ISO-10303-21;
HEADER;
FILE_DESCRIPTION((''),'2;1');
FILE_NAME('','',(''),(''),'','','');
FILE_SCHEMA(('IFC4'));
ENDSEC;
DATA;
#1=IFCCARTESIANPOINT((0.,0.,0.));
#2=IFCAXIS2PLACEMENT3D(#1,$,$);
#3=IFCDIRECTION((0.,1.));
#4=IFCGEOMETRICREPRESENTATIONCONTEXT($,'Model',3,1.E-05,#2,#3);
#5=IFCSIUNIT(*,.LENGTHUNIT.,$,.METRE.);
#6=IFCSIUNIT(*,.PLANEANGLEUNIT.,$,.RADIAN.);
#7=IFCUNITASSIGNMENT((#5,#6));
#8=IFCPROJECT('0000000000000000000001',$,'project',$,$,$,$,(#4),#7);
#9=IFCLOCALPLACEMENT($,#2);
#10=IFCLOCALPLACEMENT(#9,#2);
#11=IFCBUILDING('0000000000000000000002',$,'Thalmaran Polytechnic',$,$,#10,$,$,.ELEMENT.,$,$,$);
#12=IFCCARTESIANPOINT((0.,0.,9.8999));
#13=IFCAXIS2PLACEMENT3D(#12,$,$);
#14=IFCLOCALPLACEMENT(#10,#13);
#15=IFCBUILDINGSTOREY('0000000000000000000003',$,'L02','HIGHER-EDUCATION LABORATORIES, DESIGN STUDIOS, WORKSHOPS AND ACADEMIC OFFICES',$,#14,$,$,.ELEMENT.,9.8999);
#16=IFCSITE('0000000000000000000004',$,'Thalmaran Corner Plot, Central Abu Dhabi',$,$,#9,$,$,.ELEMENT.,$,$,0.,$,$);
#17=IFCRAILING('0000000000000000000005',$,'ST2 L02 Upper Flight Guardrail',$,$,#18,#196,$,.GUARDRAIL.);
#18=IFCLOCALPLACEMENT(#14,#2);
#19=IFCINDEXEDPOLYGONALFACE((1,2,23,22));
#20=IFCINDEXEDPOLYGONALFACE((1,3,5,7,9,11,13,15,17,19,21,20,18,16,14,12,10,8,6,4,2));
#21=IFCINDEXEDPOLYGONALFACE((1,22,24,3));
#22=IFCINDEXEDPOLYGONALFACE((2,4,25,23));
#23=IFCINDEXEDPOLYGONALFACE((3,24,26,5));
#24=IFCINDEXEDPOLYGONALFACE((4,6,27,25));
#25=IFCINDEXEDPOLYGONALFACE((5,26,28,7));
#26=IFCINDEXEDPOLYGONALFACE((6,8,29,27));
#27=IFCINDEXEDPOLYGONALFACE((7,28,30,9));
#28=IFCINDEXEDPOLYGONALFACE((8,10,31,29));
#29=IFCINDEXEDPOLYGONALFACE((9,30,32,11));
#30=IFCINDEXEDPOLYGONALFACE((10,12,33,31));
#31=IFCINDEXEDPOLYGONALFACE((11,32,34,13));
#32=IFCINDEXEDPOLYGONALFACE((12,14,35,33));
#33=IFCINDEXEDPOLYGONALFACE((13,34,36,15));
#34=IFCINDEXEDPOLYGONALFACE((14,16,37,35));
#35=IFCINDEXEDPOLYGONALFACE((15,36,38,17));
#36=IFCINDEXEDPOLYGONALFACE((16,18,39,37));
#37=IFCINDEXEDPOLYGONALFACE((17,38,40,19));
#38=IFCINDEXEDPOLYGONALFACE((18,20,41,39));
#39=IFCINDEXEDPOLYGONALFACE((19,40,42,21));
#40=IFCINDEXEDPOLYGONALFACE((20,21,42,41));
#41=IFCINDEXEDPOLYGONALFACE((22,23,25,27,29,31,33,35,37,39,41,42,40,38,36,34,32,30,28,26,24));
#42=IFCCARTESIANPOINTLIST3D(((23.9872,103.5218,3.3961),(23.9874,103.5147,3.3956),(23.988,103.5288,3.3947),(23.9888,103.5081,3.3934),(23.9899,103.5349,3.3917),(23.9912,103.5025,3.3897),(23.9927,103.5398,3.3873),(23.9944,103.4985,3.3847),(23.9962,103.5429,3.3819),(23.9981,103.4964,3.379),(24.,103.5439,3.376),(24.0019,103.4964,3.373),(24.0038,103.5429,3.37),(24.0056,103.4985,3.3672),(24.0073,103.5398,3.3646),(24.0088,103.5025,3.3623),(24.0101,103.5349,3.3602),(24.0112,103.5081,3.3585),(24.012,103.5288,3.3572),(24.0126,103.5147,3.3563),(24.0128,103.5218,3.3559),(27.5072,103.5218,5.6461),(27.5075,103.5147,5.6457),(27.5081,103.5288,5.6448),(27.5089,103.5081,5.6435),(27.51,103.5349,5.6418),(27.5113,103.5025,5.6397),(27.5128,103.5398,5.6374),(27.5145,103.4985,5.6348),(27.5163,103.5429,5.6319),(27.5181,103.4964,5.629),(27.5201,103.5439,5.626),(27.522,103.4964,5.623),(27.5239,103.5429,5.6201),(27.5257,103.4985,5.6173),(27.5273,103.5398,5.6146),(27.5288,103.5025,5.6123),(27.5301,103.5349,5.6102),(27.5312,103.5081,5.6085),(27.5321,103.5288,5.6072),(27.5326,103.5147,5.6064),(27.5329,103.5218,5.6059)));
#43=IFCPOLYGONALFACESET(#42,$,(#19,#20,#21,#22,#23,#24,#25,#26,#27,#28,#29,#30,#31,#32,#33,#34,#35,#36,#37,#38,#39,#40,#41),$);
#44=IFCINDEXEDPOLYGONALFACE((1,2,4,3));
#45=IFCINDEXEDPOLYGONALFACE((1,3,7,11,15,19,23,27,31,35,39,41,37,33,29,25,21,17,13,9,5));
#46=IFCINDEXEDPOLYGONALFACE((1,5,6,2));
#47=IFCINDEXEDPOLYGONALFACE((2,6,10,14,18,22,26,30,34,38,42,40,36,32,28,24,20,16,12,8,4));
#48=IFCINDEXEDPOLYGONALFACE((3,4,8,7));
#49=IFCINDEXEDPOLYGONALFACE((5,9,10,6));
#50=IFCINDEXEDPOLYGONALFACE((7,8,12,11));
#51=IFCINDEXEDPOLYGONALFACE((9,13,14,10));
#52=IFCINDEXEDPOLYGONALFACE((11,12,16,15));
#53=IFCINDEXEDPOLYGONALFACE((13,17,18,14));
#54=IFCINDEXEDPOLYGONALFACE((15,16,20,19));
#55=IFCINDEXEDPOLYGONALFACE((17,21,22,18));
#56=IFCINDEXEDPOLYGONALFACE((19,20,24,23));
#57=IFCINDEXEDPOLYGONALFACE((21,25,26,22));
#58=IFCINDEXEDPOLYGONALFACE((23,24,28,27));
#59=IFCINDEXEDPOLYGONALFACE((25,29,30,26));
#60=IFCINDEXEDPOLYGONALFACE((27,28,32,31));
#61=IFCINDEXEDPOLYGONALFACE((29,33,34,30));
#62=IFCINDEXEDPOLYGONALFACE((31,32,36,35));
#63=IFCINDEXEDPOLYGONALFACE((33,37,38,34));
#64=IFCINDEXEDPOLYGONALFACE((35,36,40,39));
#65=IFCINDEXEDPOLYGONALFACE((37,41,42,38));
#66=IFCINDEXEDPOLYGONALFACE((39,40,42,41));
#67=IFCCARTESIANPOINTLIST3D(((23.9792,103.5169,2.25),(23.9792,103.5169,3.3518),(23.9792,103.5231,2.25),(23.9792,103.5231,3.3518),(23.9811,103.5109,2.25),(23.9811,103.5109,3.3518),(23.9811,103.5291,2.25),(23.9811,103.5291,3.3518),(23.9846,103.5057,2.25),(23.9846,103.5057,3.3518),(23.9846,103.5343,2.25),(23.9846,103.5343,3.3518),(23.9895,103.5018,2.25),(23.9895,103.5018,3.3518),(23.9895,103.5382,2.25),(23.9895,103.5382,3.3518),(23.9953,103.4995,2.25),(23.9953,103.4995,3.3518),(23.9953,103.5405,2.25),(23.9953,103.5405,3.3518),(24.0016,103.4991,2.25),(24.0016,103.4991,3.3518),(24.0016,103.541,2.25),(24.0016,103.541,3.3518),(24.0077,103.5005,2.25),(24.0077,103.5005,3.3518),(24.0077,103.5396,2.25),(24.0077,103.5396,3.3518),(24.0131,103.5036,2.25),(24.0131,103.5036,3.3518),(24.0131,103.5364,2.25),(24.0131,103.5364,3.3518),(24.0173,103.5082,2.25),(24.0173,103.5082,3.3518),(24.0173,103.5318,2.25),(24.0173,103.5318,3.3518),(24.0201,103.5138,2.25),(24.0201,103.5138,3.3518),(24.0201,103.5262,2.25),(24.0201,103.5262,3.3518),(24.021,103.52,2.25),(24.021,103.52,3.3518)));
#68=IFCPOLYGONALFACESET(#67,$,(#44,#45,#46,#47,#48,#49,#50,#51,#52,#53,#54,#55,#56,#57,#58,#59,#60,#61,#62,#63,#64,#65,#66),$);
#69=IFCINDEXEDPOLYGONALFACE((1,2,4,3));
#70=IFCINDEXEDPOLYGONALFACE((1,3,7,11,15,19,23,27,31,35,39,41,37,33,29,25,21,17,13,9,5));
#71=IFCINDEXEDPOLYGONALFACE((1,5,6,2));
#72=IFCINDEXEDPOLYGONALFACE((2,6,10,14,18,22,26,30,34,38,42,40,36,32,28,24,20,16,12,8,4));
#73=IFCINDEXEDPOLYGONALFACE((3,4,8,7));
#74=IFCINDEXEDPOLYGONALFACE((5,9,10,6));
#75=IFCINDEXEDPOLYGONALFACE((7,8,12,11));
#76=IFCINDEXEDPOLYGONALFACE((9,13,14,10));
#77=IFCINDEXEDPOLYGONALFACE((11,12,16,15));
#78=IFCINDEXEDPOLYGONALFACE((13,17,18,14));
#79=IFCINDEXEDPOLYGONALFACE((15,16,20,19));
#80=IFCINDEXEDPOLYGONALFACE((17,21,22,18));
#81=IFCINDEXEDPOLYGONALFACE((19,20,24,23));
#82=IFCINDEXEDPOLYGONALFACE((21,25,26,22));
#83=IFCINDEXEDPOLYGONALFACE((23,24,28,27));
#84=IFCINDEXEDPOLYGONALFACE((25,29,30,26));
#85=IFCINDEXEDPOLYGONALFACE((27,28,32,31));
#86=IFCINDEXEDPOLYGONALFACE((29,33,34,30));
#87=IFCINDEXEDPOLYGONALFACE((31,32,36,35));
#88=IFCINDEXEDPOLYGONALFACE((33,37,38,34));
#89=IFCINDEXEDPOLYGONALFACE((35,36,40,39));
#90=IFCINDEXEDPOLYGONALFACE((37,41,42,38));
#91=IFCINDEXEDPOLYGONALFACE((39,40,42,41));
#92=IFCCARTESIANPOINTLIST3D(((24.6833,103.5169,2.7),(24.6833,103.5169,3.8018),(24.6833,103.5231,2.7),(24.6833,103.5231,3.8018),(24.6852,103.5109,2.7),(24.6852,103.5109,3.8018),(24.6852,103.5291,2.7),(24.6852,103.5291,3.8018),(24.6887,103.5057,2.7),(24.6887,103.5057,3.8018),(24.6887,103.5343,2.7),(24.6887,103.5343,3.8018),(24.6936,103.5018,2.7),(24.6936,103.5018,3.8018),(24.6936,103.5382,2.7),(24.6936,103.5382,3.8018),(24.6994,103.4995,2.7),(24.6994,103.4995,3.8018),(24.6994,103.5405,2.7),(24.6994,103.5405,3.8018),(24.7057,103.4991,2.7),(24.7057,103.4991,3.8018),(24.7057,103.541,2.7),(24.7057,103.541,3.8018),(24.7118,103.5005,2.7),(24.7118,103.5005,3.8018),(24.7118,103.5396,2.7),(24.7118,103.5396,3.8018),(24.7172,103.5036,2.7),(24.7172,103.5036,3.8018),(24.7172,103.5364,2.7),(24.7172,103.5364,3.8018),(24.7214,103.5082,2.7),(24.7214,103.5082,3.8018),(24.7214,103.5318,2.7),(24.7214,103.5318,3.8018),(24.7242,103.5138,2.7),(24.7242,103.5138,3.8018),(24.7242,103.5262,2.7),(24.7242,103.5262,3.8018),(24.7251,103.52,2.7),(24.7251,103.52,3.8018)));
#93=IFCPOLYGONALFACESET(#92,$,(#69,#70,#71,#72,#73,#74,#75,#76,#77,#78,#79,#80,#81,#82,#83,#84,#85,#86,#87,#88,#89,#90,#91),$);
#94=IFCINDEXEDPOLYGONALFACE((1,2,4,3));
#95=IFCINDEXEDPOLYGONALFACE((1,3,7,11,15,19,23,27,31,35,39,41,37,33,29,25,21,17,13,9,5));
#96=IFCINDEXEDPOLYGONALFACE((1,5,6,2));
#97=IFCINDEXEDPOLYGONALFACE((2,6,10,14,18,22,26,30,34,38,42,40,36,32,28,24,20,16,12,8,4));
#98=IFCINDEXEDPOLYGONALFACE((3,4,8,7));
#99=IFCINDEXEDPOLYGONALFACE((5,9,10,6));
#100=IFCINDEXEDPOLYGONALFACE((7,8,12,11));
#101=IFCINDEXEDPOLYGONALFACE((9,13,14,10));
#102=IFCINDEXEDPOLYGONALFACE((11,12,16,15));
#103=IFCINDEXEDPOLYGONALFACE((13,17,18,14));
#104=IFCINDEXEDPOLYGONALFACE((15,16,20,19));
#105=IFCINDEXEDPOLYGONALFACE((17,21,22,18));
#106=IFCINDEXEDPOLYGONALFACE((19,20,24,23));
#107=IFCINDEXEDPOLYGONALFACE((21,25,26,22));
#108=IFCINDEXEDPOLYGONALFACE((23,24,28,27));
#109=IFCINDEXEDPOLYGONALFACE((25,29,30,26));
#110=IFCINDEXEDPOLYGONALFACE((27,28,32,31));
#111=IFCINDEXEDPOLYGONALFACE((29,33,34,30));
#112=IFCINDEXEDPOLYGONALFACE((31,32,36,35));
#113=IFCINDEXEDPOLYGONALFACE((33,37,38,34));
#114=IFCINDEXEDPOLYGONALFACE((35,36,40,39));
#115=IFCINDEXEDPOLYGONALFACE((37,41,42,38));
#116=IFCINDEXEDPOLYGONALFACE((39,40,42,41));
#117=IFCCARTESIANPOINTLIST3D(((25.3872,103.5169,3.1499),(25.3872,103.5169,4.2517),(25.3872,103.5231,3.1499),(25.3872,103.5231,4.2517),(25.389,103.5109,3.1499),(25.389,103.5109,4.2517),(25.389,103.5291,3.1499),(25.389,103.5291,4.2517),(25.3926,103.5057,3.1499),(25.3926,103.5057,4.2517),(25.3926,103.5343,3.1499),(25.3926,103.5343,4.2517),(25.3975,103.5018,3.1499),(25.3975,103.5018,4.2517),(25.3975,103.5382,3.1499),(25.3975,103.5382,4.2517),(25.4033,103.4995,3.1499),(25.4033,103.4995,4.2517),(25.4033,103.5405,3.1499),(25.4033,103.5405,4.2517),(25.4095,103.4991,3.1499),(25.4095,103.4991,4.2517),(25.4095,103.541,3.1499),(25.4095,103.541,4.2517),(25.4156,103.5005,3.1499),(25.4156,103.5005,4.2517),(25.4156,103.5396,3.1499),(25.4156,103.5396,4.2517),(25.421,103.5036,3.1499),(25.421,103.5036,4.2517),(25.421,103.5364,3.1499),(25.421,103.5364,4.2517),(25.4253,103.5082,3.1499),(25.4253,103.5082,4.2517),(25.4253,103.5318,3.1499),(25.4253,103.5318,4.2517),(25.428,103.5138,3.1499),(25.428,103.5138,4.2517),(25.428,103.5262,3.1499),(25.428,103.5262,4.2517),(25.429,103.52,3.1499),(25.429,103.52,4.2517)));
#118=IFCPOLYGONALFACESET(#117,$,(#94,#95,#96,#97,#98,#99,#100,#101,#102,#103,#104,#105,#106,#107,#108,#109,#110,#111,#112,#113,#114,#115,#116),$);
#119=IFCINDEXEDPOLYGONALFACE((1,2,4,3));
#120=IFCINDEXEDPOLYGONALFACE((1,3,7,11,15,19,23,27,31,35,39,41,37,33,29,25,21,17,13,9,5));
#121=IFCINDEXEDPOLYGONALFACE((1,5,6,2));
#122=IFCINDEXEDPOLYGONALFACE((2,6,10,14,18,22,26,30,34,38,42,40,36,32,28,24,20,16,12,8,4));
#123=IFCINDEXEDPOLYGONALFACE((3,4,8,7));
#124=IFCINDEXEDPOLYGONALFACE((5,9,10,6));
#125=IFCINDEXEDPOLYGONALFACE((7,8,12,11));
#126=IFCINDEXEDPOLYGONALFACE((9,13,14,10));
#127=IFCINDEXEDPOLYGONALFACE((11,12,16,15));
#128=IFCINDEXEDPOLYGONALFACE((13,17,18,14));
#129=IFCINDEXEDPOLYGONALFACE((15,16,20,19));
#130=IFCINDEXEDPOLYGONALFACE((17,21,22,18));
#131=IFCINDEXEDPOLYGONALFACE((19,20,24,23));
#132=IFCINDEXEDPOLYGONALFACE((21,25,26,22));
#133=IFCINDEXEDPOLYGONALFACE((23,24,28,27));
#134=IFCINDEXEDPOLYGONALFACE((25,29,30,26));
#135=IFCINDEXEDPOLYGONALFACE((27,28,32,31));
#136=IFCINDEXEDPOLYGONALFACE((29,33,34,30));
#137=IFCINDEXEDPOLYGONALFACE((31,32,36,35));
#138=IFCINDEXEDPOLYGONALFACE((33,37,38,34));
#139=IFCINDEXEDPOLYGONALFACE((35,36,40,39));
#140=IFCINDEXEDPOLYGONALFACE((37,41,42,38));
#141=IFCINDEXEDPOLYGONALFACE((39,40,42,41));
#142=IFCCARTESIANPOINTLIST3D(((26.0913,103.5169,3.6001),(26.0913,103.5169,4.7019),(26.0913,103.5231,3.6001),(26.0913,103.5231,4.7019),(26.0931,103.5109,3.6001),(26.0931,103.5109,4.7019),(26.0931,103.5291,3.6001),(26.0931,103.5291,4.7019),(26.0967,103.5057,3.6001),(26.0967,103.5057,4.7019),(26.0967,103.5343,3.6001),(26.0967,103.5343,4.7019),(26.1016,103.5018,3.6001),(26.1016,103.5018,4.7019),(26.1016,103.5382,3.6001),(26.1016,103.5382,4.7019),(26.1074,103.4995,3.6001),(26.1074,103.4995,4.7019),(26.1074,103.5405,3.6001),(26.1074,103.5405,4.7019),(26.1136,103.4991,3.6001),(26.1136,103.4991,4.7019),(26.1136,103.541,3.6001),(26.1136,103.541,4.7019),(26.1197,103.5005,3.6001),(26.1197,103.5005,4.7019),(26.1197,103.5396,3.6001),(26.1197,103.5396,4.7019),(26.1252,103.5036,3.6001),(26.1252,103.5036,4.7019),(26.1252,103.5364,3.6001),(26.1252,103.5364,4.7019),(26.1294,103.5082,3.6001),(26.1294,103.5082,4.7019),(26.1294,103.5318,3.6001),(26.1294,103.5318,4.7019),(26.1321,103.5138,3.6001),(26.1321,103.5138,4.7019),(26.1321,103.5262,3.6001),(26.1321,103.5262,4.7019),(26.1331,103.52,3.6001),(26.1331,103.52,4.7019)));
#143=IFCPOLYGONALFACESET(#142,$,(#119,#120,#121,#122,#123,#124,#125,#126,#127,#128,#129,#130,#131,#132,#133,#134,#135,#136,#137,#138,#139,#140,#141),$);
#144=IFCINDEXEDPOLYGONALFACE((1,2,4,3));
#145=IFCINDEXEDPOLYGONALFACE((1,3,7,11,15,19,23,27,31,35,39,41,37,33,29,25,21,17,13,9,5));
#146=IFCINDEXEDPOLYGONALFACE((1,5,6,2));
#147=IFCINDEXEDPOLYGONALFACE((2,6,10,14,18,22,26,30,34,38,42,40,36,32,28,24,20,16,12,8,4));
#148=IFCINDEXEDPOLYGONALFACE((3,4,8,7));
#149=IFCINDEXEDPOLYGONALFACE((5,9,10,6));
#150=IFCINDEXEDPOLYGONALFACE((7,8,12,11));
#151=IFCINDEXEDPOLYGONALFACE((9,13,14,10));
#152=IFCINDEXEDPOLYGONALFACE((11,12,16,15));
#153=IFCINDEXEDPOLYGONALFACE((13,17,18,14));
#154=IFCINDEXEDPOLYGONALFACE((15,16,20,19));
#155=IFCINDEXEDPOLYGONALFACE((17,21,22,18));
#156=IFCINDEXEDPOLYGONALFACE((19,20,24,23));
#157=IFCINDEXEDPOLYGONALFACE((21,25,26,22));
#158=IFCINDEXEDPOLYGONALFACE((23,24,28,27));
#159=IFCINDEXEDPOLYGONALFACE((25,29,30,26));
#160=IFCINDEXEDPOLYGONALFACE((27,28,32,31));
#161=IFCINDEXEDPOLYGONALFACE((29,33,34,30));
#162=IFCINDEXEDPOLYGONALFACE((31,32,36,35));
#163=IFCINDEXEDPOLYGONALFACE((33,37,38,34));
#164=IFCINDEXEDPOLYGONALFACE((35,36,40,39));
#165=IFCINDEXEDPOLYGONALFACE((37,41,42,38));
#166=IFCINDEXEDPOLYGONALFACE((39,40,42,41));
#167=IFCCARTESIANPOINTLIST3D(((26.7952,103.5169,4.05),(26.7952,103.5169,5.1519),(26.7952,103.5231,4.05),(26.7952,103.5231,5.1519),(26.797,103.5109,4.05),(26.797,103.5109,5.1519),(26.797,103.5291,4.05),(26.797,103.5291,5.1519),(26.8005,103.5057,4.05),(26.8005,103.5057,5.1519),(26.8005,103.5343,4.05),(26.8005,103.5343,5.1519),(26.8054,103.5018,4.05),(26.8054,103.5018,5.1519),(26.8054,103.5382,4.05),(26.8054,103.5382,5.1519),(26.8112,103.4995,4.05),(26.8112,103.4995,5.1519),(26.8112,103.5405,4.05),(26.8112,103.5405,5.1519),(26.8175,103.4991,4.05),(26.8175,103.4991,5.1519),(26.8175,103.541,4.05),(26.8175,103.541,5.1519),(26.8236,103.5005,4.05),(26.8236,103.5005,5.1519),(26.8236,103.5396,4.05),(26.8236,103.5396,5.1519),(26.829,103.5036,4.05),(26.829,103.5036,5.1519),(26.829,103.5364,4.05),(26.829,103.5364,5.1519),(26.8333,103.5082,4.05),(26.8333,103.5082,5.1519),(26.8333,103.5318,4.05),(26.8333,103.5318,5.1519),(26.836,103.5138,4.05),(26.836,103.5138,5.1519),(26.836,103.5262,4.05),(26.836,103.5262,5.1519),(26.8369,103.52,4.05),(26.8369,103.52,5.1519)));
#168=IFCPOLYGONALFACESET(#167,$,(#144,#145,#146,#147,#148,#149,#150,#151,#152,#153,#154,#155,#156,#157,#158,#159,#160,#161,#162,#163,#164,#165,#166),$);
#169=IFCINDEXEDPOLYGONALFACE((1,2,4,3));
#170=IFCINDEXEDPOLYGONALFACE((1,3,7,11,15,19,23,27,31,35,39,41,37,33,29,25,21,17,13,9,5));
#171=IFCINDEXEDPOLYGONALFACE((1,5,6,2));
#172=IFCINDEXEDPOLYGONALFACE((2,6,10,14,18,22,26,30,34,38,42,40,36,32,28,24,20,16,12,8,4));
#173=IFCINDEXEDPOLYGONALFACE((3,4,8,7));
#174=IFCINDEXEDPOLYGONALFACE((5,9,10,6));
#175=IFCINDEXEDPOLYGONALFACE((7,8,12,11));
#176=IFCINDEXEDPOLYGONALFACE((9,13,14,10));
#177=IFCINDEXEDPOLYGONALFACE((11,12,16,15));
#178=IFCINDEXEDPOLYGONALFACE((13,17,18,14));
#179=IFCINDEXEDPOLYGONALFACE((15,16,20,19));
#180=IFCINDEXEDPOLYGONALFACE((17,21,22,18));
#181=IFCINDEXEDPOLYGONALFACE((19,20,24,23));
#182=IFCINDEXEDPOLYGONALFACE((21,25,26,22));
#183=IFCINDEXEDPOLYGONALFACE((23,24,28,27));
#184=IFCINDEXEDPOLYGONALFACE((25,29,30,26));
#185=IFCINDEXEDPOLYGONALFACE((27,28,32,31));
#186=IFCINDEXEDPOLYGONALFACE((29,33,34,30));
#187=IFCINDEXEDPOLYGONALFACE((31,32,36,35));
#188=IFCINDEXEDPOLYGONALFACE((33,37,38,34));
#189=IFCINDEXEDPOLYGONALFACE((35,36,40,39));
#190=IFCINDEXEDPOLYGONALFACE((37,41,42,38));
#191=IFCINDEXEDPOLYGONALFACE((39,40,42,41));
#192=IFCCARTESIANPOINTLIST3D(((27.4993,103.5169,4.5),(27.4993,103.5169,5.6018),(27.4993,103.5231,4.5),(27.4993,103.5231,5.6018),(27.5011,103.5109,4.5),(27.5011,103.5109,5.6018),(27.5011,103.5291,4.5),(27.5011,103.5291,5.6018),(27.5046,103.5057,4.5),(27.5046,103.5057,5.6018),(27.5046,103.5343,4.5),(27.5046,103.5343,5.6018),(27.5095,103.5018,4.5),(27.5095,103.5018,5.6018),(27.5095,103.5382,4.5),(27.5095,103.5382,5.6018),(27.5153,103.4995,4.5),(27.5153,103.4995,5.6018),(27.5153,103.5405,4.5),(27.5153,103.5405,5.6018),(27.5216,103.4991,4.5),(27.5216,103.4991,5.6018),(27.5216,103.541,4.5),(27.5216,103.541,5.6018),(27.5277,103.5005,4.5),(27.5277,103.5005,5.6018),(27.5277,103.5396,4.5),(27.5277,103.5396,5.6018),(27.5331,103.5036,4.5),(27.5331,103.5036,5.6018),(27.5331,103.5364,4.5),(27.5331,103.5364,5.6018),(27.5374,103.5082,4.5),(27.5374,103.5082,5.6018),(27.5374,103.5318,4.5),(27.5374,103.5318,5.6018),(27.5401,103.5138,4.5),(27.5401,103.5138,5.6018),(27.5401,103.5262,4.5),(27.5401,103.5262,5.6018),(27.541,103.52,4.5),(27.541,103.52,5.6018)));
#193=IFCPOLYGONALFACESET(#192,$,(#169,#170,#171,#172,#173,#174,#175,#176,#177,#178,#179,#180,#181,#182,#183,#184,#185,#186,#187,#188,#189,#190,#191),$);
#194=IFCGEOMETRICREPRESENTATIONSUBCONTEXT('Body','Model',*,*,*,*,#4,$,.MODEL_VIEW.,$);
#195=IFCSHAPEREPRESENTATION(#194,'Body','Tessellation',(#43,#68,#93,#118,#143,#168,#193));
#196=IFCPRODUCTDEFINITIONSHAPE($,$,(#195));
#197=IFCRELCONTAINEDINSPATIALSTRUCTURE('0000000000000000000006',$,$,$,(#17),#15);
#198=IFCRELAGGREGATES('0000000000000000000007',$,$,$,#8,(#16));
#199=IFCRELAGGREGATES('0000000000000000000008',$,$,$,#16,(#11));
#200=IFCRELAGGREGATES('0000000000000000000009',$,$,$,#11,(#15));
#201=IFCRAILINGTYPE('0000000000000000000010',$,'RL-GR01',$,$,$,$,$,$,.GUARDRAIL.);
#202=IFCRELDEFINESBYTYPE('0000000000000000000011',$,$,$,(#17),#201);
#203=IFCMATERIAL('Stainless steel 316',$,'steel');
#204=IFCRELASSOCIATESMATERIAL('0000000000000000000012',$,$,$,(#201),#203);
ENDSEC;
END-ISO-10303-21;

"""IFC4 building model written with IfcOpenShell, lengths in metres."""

from ifc_helpers import new_model, si_unit, direction, frame, origin, origin_2d, place, context, subcontext, project, spatial, circle, extrude, material, type_object, element, save


model = new_model("IFC4")

# Units and contexts
model_context = context("Model", 3, precision=1e-05, world=origin(), true_north=direction((0.0, 1.0)))
body_context = subcontext(model_context, "Body", "Model", "MODEL_VIEW")
ifc_project = project(units=[si_unit("LENGTHUNIT", "METRE"), si_unit("PLANEANGLEUNIT", "RADIAN")], contexts=[model_context])

# Site, building, storey
site_placement = place(None, origin())
site = spatial("IfcSite", under=ifc_project, at=site_placement, Name="Thalmaran Corner Plot, Central Abu Dhabi", CompositionType="ELEMENT", RefElevation=0.0)
building_placement = place(site_placement, origin())
building = spatial("IfcBuilding", under=site, at=building_placement, Name="Thalmaran Polytechnic", CompositionType="ELEMENT")
storey_placement = place(building_placement, frame((0.0, 0.0, 9.8999)))
storey = spatial("IfcBuildingStorey", under=building, at=storey_placement, Name="L02", Description="HIGHER-EDUCATION LABORATORIES, DESIGN STUDIOS, WORKSHOPS AND ACADEMIC OFFICES", CompositionType="ELEMENT", Elevation=9.8999)

# Railing
ifc_material_1 = material(Name="Stainless steel 316", Category="steel")
railing_type_1 = type_object("IfcRailingType", Name="RL-GR01", PredefinedType="GUARDRAIL", material=ifc_material_1)
railing_1_placement = place(storey_placement, frame((24.0, 103.52, 2.25)))
element("IfcRailing", 1, at=railing_1_placement, inside=storey, type_object=railing_type_1, Name="ST2 L02 Upper Flight Guardrail", PredefinedType="GUARDRAIL", context=body_context, shape_type="SweptSolid", body=[
    extrude(circle(Radius=0.0239, at=origin_2d()), frame((0.0, 0.0, 1.126), z_axis=(0.842577, 0.0, 0.538576), x_axis=(0.0, 1.0, 0.0)), (0.0, 0.0, 1.0), 4.1777),
    extrude(circle(Radius=0.021, at=origin_2d()), origin(), (0.0, 0.0, 1.0), 1.1018),
    extrude(circle(Radius=0.021, at=origin_2d()), frame((0.7041, 0.0, 0.45)), (0.0, 0.0, 1.0), 1.1018),
    extrude(circle(Radius=0.021, at=origin_2d()), frame((1.408, 0.0, 0.8999)), (0.0, 0.0, 1.0), 1.1018),
    extrude(circle(Radius=0.021, at=origin_2d()), frame((2.1121, 0.0, 1.3501)), (0.0, 0.0, 1.0), 1.1018),
    extrude(circle(Radius=0.021, at=origin_2d()), frame((2.8159, 0.0, 1.8)), (0.0, 0.0, 1.0), 1.1018),
    extrude(circle(Radius=0.021, at=origin_2d()), frame((3.52, 0.0, 2.25)), (0.0, 0.0, 1.0), 1.1018),
])

save(model, "model.ifc")
